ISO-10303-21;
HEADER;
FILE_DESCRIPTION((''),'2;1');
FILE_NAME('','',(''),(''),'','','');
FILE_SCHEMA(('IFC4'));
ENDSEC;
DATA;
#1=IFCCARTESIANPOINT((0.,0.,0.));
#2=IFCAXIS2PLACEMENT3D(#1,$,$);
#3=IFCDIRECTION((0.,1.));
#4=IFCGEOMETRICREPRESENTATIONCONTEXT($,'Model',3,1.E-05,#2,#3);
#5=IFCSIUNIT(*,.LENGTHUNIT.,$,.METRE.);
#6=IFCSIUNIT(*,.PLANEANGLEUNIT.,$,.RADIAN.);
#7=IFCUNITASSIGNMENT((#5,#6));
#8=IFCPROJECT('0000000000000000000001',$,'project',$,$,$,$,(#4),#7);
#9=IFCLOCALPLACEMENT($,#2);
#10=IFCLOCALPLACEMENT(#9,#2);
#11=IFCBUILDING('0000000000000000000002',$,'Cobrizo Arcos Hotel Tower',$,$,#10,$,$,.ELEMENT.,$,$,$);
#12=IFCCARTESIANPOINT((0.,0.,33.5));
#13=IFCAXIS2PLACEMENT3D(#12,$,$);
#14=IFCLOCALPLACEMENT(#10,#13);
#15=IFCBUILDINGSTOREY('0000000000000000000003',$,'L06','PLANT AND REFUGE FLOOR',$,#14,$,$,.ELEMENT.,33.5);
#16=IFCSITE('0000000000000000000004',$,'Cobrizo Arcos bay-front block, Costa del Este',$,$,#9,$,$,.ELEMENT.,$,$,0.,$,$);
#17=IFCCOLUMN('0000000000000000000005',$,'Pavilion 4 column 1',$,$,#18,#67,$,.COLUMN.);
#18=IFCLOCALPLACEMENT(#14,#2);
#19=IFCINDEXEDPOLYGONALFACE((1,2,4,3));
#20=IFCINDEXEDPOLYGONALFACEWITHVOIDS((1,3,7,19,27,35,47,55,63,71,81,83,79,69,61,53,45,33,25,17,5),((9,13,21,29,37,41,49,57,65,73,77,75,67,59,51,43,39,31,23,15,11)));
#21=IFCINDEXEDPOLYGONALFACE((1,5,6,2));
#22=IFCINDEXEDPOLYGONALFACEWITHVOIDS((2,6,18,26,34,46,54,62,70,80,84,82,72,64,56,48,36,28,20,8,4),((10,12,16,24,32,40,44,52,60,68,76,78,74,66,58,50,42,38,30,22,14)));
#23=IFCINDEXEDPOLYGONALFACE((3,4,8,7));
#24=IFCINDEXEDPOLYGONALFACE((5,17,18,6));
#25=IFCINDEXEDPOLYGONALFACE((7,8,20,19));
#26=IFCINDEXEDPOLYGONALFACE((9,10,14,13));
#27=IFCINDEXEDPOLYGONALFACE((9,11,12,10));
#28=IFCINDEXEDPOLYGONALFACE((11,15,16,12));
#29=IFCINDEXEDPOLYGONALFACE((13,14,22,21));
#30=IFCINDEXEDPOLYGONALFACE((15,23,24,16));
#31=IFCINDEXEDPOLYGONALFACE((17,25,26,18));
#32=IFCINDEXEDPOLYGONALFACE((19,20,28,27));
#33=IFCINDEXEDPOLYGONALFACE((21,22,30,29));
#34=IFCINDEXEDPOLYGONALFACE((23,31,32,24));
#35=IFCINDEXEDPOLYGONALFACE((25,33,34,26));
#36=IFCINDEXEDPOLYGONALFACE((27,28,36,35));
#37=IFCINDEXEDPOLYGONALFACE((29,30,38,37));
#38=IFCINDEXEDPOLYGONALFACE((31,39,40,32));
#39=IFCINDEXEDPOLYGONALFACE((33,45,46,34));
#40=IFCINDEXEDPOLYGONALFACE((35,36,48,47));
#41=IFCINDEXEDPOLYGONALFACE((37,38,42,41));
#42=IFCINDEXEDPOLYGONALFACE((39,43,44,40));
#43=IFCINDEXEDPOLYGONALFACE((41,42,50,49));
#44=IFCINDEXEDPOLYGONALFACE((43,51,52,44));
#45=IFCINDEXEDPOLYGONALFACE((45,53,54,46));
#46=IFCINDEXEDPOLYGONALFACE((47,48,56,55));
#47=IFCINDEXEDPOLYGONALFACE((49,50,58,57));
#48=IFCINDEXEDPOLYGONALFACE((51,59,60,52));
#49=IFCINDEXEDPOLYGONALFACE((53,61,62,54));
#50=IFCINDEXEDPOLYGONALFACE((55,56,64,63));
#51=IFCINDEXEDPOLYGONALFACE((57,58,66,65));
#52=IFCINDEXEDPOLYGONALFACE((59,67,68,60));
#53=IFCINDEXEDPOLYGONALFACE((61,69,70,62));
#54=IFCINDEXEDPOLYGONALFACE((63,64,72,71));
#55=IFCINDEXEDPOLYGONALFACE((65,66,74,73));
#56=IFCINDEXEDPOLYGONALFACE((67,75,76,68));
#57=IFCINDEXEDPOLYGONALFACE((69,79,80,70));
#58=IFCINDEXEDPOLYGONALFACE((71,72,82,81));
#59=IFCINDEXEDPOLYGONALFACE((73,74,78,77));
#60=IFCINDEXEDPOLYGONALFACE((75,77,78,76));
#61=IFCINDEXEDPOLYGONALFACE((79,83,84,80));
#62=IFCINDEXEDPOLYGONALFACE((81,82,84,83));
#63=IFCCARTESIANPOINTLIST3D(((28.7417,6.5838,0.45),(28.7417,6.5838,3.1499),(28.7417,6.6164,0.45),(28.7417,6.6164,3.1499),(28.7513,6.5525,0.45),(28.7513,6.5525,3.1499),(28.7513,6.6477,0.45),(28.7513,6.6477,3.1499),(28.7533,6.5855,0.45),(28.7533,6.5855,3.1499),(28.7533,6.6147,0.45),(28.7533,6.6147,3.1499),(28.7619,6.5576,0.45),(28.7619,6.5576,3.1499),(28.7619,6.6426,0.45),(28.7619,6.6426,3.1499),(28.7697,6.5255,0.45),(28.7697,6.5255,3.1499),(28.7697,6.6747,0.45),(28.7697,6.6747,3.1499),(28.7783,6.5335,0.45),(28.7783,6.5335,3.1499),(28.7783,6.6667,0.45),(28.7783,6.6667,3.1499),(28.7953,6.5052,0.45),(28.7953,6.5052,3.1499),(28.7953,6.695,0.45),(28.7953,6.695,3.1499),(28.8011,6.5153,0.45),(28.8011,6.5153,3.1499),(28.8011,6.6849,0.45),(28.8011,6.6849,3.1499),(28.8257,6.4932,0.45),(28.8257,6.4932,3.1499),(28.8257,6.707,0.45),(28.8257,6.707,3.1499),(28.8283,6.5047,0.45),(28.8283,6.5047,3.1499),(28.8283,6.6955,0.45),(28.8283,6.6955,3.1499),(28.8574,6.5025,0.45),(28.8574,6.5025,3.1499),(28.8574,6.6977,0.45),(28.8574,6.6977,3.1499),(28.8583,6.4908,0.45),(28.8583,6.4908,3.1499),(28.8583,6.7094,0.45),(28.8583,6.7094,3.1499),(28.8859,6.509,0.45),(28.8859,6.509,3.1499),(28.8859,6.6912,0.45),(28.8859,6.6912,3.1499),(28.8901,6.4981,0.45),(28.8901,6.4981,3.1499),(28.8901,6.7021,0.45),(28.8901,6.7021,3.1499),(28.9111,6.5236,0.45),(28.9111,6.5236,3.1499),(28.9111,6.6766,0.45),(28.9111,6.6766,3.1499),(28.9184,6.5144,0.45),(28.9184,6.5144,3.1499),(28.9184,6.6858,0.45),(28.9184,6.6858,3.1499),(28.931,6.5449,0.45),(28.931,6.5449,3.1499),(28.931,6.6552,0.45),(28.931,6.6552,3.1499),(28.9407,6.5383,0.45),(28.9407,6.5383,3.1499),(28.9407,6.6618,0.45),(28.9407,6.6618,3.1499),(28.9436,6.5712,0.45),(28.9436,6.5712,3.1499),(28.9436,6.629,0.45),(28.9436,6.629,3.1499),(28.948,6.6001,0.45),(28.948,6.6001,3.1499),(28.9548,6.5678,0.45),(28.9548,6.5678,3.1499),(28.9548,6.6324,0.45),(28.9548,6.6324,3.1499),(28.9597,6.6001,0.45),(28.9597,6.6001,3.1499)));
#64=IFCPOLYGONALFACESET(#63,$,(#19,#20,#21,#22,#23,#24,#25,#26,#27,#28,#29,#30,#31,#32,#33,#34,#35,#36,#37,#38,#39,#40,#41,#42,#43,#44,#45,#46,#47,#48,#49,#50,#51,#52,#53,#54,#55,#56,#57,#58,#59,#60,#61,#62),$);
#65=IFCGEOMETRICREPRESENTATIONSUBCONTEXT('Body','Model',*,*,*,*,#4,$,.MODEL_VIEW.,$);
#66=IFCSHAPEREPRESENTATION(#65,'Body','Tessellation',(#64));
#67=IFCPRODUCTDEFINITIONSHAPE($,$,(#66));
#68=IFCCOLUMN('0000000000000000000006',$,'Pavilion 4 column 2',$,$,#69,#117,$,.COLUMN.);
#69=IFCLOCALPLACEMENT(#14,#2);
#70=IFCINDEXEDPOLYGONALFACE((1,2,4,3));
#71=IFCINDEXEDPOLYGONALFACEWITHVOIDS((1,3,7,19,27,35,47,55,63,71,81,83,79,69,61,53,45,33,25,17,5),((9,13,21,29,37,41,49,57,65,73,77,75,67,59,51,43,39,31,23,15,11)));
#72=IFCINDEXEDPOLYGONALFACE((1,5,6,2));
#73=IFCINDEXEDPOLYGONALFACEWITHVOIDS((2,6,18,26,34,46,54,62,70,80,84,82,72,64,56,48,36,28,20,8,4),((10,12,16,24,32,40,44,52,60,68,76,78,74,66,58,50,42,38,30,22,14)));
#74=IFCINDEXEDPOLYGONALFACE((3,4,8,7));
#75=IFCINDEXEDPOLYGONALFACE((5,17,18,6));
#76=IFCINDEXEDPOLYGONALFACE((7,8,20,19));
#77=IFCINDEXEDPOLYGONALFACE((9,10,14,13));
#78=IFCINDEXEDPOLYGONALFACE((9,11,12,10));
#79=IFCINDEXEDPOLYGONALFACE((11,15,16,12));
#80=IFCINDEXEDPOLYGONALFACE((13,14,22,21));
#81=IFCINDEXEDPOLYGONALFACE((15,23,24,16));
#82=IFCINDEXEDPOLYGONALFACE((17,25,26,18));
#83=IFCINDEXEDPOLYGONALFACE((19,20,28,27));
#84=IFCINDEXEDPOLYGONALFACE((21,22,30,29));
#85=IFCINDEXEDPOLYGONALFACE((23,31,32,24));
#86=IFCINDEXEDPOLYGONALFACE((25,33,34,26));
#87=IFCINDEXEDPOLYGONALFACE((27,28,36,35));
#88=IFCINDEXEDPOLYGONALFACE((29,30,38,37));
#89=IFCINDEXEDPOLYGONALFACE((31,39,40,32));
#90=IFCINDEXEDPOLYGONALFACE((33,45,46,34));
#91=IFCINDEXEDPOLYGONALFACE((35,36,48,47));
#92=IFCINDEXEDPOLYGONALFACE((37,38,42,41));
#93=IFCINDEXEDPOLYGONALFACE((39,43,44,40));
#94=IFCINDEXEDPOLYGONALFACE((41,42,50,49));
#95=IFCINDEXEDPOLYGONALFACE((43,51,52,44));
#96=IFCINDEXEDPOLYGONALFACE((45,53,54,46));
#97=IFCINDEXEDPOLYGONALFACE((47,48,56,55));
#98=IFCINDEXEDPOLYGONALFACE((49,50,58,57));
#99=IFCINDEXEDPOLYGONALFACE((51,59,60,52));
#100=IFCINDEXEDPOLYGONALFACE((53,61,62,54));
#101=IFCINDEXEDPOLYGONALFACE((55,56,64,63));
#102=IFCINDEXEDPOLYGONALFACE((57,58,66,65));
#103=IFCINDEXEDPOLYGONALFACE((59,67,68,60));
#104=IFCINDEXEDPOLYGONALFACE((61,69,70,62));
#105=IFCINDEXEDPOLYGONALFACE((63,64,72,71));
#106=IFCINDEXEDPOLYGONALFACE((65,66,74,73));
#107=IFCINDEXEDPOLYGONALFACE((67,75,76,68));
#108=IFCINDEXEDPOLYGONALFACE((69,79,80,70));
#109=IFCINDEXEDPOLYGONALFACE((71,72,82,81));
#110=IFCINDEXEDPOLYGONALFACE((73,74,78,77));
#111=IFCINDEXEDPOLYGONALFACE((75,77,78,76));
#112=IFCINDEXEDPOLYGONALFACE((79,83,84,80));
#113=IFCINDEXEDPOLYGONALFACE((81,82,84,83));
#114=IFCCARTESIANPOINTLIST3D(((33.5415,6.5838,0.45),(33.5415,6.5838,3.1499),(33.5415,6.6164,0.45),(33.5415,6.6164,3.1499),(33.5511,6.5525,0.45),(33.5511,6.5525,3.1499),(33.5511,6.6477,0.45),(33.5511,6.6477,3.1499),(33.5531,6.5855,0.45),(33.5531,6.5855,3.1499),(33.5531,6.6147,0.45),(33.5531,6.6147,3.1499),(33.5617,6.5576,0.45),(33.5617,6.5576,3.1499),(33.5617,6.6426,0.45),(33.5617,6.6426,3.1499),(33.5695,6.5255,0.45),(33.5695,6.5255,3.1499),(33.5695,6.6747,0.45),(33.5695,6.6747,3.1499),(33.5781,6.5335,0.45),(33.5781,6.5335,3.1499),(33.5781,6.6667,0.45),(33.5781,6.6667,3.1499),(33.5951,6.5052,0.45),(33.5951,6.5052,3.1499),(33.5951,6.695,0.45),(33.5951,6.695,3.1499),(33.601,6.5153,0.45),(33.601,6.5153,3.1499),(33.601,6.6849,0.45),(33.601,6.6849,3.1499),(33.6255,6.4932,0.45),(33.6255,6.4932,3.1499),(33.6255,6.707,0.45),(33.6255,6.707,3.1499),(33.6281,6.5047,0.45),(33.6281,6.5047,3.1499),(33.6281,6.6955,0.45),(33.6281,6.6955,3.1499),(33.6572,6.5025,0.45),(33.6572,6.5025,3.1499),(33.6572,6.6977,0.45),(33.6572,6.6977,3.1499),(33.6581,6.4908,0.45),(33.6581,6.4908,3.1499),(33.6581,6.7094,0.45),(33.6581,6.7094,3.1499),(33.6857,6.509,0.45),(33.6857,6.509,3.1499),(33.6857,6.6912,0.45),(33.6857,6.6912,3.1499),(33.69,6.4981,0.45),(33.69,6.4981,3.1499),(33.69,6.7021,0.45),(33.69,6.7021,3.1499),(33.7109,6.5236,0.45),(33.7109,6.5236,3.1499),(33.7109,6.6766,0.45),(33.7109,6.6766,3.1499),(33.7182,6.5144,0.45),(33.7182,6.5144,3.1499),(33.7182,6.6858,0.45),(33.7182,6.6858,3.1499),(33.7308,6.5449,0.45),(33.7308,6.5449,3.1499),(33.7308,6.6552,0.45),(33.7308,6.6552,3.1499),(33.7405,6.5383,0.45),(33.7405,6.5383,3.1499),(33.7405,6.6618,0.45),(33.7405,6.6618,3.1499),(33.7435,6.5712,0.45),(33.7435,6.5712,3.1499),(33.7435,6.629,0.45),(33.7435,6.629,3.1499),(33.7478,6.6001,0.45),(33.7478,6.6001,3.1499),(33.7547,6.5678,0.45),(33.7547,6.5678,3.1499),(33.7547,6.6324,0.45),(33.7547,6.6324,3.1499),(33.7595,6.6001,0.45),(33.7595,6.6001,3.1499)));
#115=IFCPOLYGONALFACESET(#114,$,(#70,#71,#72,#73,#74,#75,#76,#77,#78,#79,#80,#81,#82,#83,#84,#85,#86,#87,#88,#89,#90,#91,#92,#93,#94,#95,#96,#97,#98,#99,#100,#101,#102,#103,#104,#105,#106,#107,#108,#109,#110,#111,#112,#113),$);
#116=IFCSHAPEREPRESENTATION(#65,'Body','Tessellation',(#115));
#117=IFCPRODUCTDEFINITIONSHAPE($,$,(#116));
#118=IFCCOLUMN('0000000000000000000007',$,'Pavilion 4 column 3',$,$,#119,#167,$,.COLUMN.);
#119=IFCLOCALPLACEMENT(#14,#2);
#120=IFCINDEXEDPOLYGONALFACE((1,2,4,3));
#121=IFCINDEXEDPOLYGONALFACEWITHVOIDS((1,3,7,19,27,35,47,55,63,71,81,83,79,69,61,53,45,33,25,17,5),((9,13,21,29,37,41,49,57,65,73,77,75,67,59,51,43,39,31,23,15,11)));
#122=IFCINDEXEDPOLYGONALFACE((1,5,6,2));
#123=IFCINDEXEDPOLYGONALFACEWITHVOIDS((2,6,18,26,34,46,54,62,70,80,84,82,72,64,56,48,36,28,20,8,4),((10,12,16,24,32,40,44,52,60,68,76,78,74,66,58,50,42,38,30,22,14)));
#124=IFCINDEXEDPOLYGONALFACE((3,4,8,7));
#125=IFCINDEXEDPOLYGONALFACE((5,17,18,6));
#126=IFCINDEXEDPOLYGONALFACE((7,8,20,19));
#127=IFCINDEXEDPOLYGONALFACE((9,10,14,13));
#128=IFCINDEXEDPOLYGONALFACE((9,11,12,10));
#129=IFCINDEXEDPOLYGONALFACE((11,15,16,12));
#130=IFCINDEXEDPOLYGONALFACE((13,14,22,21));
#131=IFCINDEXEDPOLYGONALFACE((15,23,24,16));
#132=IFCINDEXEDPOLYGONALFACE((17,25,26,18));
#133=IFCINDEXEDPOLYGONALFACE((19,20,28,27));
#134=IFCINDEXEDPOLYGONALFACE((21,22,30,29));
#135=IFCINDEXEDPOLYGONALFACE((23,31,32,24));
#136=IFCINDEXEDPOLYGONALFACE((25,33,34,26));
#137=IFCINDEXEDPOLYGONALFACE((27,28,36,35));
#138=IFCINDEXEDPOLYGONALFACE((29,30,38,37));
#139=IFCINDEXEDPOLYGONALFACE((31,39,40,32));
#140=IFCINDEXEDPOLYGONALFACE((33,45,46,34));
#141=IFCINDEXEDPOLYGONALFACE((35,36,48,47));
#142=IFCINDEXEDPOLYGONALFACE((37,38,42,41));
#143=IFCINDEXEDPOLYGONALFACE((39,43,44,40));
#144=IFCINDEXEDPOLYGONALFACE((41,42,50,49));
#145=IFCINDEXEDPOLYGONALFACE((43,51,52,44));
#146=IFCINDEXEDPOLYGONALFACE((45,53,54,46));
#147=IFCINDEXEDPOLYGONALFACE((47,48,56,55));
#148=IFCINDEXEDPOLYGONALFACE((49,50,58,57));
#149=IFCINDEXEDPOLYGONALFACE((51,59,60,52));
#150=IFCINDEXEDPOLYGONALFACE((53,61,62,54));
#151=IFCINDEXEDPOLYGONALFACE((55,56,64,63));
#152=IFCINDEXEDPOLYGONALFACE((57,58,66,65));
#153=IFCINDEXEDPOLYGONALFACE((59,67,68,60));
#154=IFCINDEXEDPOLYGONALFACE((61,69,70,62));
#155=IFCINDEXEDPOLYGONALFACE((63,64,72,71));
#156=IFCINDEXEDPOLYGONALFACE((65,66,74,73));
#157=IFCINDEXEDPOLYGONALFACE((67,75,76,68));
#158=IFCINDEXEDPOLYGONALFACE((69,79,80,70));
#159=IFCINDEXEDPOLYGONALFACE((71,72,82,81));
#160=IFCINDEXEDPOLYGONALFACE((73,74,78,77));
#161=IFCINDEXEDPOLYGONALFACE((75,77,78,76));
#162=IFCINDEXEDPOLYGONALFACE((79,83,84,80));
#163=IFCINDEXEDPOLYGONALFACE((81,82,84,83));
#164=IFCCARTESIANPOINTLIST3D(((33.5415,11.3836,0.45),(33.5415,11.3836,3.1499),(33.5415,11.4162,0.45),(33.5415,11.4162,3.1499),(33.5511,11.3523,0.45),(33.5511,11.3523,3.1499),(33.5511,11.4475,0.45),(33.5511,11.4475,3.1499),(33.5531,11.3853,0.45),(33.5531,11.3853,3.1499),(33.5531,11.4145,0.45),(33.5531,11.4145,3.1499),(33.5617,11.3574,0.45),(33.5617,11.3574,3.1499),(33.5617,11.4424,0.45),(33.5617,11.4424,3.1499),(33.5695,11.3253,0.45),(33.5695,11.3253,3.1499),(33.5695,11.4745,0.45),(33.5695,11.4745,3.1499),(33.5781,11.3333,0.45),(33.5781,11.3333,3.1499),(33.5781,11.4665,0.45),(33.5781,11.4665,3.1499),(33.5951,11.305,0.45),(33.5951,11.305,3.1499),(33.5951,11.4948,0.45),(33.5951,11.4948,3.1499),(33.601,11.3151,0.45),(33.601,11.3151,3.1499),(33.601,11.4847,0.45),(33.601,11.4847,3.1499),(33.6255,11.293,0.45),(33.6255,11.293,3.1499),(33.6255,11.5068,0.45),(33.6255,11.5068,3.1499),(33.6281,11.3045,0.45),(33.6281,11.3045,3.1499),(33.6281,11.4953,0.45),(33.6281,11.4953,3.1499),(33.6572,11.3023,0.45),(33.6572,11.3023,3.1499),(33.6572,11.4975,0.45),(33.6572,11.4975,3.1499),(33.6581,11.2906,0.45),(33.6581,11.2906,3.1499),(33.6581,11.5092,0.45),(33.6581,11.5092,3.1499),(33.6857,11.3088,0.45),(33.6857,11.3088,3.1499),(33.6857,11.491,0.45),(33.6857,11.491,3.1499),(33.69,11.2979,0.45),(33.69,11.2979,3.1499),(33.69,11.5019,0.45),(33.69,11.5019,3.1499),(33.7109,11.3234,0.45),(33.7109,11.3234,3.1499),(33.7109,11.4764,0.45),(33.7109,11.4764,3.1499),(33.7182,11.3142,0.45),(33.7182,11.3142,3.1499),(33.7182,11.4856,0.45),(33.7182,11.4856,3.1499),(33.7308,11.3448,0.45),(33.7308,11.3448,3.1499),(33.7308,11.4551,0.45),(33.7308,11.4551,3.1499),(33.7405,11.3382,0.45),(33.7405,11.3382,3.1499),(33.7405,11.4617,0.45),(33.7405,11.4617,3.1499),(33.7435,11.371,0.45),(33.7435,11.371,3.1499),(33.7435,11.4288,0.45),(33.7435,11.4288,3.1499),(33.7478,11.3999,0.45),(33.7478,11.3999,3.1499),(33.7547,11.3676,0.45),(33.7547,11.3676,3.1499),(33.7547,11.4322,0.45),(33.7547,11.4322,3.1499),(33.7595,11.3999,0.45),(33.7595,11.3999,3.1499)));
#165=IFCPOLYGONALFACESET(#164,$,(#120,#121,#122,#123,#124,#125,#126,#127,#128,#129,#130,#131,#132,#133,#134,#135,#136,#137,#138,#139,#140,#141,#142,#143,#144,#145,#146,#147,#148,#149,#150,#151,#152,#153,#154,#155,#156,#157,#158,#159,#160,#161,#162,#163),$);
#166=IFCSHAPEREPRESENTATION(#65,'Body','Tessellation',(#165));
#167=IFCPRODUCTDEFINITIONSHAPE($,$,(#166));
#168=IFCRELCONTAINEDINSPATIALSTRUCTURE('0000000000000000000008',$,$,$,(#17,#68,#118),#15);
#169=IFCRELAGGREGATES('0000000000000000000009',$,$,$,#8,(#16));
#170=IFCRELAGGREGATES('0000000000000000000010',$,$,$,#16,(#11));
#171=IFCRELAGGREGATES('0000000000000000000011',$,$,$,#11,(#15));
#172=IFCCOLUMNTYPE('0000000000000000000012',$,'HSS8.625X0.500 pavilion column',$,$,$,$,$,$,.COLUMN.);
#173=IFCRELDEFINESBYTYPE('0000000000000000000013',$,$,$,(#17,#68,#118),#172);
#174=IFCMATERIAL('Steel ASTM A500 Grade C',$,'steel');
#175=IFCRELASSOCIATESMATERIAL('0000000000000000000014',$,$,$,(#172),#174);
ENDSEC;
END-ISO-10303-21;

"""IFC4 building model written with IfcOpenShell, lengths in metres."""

from ifc_helpers import new_model, si_unit, direction, frame, origin, origin_2d, place, context, subcontext, project, spatial, hollow_circle, extrude, material, material_profile, profile_set, type_object, element, save


model = new_model("IFC4")

# Units and contexts
model_context = context("Model", 3, precision=1e-05, world=origin(), true_north=direction((0.0, 1.0)))
body_context = subcontext(model_context, "Body", "Model", "MODEL_VIEW")
ifc_project = project(units=[si_unit("LENGTHUNIT", "METRE"), si_unit("PLANEANGLEUNIT", "RADIAN")], contexts=[model_context])

# Site, building, storey
site_placement = place(None, origin())
site = spatial("IfcSite", under=ifc_project, at=site_placement, Name="Cobrizo Arcos bay-front block, Costa del Este", CompositionType="ELEMENT", RefElevation=0.0)
building_placement = place(site_placement, origin())
building = spatial("IfcBuilding", under=site, at=building_placement, Name="Cobrizo Arcos Hotel Tower", CompositionType="ELEMENT")
storey_placement = place(building_placement, frame((0.0, 0.0, 33.5)))
storey = spatial("IfcBuildingStorey", under=building, at=storey_placement, Name="L06", Description="PLANT AND REFUGE FLOOR", CompositionType="ELEMENT", Elevation=33.5)

# Columns
ifc_material_1 = material(Name="Steel ASTM A500 Grade C", Category="steel")
ifc_material_profile_1 = material_profile(ifc_material_1, hollow_circle(Radius=0.1096, WallThickness=0.0117, at=origin_2d()), Name="HSS8.625X0.500")
ifc_profile_set_1 = profile_set([ifc_material_profile_1], Name="Steel ASTM A500 Grade C")
column_type = type_object("IfcColumnType", Name="HSS8.625X0.500 pavilion column", PredefinedType="COLUMN", material=ifc_profile_set_1)
for number, where, z_axis, x_axis, name in (
    (1, (28.8501, 6.6001, 0.45), (0.0, 0.0, 1.0), (1.0, 0.0, 0.0), "Pavilion 4 column 1"),
    (2, (33.6499, 6.6001, 0.45), (0.0, 0.0, 1.0), (1.0, 0.0, 0.0), "Pavilion 4 column 2"),
    (3, (33.6499, 11.3999, 0.45), (0.0, 0.0, 1.0), (1.0, 0.0, 0.0), "Pavilion 4 column 3"),
):
    element("IfcColumn", number, at=place(storey_placement, frame(where, z_axis=z_axis, x_axis=x_axis)), inside=storey, type_object=column_type, Name=name, PredefinedType="COLUMN", context=body_context, shape_type="SweptSolid", body=[
        extrude(hollow_circle(Radius=0.1096, WallThickness=0.0117, at=origin_2d()), origin(), (0.0, 0.0, 1.0), 2.7),
    ])

save(model, "model.ifc")
